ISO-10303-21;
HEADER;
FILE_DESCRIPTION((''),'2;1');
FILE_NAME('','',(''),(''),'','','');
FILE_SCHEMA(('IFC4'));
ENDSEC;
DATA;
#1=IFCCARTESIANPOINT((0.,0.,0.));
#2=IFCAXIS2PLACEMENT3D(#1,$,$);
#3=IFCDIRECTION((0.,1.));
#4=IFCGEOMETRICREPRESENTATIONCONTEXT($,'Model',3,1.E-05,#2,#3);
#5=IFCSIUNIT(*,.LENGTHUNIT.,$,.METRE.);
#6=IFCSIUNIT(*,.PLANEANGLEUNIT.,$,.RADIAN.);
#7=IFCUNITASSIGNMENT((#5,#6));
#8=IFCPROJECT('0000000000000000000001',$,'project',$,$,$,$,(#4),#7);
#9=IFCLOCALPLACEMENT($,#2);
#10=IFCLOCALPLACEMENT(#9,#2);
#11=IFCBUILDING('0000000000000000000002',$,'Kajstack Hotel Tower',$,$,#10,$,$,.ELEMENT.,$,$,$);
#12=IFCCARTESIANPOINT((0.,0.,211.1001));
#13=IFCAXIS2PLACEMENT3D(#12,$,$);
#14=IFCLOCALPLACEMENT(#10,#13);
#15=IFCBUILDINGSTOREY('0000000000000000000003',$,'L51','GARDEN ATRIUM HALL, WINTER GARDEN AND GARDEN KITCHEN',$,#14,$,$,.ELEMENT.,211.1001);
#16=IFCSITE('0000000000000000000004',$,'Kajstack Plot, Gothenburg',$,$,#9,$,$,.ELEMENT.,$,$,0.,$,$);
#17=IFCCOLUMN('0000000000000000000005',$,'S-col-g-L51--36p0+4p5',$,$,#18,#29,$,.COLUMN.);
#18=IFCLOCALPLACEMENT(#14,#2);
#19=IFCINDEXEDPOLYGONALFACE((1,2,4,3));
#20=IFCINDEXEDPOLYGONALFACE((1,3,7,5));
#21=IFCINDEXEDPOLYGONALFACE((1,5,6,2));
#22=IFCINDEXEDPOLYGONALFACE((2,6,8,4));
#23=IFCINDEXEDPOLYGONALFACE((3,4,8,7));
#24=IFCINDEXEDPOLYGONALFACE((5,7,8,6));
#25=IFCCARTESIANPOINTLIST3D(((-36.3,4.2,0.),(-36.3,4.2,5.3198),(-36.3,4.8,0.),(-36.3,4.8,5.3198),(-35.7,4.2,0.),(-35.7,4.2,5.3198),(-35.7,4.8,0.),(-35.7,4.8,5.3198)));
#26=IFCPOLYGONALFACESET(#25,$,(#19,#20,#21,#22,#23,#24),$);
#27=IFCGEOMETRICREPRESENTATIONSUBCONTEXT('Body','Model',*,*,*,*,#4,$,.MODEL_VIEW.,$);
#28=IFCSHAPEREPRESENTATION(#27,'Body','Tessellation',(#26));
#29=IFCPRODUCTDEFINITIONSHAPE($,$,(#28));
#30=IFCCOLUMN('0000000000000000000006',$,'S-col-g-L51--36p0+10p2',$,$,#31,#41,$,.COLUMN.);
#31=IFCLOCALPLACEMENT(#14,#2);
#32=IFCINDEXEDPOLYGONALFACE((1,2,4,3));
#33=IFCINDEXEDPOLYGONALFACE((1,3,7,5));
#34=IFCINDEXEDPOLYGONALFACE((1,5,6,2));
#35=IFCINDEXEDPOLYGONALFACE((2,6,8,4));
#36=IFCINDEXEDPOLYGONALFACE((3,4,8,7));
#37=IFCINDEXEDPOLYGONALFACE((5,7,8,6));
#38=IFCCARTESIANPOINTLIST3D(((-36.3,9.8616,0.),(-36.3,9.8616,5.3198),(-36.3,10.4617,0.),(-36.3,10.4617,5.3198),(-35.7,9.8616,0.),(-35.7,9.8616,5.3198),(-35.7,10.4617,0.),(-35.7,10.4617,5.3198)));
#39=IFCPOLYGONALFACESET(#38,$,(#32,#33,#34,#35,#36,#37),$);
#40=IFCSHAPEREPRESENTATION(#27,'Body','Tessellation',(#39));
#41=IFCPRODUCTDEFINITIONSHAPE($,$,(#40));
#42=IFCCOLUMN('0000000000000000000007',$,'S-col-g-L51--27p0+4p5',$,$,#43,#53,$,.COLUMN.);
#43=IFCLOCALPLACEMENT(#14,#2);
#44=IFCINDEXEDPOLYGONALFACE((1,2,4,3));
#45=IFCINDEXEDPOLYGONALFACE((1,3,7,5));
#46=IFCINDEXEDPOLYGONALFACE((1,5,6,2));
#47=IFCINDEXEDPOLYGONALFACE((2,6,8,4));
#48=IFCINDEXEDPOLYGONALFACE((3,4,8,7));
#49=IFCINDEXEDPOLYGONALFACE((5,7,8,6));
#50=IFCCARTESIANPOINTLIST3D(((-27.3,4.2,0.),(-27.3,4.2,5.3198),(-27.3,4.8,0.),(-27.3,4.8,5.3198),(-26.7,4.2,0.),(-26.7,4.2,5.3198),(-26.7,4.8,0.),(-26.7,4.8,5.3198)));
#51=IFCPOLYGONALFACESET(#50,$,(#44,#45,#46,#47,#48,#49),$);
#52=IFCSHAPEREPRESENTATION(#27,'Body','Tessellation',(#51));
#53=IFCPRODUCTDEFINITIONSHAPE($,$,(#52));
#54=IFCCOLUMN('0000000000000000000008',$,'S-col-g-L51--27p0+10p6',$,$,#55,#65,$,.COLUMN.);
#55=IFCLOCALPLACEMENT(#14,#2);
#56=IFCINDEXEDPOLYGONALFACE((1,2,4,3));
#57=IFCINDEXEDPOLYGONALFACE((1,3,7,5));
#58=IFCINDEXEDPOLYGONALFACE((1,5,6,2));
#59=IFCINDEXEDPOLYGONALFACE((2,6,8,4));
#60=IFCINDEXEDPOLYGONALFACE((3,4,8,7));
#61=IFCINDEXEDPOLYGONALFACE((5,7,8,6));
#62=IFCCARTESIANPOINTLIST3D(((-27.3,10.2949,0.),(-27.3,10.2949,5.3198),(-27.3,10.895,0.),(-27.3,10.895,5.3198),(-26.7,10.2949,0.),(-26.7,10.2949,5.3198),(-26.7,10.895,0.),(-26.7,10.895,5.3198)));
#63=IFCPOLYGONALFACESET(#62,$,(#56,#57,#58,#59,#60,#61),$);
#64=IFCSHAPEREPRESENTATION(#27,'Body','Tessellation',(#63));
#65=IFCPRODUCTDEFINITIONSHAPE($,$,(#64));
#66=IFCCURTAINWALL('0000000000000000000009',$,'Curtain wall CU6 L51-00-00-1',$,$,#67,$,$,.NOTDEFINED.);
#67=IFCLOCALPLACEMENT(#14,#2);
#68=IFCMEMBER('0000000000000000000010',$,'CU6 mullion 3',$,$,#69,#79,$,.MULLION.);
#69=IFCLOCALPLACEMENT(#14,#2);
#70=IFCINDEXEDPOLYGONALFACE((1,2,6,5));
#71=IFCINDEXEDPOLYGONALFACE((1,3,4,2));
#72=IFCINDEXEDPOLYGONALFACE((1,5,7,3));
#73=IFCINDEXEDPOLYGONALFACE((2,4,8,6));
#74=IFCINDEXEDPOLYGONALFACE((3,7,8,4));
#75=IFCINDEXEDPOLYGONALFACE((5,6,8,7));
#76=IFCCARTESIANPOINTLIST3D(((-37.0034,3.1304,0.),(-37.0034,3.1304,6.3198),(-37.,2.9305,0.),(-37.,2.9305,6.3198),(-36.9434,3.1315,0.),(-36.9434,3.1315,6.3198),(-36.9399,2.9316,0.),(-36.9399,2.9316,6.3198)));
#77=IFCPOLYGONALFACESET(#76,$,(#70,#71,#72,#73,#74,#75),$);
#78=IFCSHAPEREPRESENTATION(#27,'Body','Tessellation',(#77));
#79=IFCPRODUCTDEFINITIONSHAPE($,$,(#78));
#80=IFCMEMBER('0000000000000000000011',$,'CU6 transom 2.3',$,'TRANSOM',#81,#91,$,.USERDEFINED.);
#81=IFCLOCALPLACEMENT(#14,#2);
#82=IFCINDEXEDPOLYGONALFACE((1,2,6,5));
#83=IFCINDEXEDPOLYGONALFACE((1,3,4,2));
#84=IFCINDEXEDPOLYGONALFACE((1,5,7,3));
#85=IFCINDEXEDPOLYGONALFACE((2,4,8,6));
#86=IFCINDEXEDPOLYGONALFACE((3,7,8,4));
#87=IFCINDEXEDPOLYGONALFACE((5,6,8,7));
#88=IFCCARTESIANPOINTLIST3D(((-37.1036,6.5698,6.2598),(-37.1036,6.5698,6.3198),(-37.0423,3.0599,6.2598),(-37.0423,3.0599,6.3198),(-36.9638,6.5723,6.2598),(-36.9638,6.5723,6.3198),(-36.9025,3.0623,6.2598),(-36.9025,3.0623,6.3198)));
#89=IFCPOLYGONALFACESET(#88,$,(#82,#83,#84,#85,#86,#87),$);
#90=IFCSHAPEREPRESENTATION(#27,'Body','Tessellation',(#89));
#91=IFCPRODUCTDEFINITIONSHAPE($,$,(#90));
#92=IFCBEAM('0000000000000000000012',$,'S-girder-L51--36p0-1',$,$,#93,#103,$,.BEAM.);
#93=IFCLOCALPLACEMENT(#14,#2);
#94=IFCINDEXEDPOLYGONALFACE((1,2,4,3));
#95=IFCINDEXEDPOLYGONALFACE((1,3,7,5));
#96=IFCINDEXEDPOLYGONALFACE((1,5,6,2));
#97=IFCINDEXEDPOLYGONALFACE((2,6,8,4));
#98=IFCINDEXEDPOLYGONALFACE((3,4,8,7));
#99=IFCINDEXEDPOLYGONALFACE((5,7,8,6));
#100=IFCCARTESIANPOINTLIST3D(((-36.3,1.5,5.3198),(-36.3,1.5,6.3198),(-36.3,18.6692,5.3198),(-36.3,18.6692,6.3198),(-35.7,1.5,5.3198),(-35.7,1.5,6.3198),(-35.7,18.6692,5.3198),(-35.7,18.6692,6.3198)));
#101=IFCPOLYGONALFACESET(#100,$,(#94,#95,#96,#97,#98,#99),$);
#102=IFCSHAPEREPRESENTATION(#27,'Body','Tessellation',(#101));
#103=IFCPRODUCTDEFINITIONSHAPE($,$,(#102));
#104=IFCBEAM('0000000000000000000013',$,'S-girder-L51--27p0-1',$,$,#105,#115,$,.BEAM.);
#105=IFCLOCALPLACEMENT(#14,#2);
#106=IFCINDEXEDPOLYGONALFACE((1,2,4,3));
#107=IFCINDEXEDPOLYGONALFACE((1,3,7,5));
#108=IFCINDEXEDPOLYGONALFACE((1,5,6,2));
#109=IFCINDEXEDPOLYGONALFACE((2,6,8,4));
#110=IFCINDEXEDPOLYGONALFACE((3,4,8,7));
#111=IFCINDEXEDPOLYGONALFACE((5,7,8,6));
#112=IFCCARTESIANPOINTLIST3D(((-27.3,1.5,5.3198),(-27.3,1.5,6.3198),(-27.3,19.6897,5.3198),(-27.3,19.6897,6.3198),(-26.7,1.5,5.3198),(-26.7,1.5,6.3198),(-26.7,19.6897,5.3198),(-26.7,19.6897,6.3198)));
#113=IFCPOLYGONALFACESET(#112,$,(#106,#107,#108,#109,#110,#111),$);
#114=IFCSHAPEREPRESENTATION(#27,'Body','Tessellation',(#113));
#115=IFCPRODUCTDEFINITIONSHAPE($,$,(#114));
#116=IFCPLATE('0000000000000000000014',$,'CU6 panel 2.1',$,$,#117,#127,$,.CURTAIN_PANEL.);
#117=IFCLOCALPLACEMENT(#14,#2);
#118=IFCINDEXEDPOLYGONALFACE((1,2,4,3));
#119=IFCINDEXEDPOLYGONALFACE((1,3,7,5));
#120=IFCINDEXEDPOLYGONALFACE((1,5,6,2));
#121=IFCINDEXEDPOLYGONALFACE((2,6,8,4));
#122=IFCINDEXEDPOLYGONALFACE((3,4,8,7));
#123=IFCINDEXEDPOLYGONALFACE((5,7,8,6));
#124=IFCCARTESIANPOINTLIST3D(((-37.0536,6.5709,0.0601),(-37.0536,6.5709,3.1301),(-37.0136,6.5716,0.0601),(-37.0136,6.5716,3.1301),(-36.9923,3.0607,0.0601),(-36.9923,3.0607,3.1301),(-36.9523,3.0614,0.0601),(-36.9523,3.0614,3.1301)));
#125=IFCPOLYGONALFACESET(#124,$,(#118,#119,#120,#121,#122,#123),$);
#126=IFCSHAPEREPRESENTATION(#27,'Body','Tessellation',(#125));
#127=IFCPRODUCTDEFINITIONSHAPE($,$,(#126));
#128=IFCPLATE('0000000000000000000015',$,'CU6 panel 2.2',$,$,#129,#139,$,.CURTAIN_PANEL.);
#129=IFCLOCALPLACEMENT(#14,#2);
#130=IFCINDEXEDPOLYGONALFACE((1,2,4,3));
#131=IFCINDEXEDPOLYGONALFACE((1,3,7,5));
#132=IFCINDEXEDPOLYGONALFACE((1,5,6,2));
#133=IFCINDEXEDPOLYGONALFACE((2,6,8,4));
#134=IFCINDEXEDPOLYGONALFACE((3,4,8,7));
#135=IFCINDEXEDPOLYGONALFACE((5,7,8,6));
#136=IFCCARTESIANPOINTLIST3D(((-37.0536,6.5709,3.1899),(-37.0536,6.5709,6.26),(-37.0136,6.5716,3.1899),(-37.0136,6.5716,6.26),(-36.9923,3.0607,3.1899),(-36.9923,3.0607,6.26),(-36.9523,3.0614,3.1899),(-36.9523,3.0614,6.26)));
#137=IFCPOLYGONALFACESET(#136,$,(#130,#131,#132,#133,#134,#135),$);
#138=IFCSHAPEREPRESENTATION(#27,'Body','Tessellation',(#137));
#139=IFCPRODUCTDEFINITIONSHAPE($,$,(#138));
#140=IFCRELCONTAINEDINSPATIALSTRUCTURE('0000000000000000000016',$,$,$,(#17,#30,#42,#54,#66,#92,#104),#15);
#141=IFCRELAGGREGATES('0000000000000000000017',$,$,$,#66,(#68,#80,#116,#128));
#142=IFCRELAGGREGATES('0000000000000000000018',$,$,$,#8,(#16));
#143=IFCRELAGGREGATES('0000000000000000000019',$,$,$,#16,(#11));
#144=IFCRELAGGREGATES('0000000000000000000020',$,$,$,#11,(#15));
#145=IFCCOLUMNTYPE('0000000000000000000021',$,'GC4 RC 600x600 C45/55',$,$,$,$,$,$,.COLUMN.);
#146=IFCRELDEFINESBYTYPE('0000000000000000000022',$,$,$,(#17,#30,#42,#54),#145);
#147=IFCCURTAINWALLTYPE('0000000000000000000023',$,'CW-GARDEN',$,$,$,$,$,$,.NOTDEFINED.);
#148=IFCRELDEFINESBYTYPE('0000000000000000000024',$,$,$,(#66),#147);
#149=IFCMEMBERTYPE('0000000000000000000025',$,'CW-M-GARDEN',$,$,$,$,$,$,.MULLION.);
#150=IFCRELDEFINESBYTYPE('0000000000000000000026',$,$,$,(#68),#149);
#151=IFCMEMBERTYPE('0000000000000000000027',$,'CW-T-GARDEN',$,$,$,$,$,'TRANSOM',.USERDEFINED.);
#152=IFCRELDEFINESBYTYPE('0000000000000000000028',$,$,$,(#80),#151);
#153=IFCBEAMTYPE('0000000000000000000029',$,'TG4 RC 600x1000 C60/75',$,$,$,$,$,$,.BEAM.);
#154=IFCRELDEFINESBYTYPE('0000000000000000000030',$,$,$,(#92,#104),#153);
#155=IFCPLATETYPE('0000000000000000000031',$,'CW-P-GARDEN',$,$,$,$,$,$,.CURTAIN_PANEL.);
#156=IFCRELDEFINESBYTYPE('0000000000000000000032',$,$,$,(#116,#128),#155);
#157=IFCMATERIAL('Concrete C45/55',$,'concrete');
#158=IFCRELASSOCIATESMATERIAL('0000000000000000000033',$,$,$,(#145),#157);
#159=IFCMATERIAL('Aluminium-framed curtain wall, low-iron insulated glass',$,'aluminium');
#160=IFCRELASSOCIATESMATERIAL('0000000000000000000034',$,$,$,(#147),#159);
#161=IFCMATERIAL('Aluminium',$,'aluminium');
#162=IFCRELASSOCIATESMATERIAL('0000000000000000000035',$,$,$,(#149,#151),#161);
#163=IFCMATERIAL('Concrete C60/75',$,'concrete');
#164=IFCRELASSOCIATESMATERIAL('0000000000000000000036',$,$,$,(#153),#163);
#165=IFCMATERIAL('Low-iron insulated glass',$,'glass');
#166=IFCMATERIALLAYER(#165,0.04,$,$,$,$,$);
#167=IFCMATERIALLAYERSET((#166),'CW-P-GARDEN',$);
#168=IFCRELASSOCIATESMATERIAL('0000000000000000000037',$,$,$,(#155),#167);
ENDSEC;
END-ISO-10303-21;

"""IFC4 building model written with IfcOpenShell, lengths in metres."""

from ifc_helpers import new_model, si_unit, direction, frame, origin, origin_2d, place, context, subcontext, project, spatial, rectangle, extrude, material, layer, layer_set, material_profile, profile_set, type_object, element, aggregate, save


model = new_model("IFC4")

# Units and contexts
model_context = context("Model", 3, precision=1e-05, world=origin(), true_north=direction((0.0, 1.0)))
body_context = subcontext(model_context, "Body", "Model", "MODEL_VIEW")
ifc_project = project(units=[si_unit("LENGTHUNIT", "METRE"), si_unit("PLANEANGLEUNIT", "RADIAN")], contexts=[model_context])

# Site, building, storey
site_placement = place(None, origin())
site = spatial("IfcSite", under=ifc_project, at=site_placement, Name="Kajstack Plot, Gothenburg", CompositionType="ELEMENT", RefElevation=0.0)
building_placement = place(site_placement, origin())
building = spatial("IfcBuilding", under=site, at=building_placement, Name="Kajstack Hotel Tower", CompositionType="ELEMENT")
storey_placement = place(building_placement, frame((0.0, 0.0, 211.1001)))
storey = spatial("IfcBuildingStorey", under=building, at=storey_placement, Name="L51", Description="GARDEN ATRIUM HALL, WINTER GARDEN AND GARDEN KITCHEN", CompositionType="ELEMENT", Elevation=211.1001)

# Columns
ifc_material_1 = material(Name="Concrete C45/55", Category="concrete")
ifc_material_profile_1 = material_profile(ifc_material_1, rectangle(XDim=0.6001, YDim=0.6001, at=origin_2d()), Name="RC 600x600")
ifc_profile_set_1 = profile_set([ifc_material_profile_1], Name="Concrete C45/55")
column_type = type_object("IfcColumnType", Name="GC4 RC 600x600 C45/55", PredefinedType="COLUMN", material=ifc_profile_set_1)
for number, where, z_axis, x_axis, name in (
    (1, (-36.0, 4.5, 0.0), (0.0, 0.0, 1.0), (1.0, 0.0, 0.0), "S-col-g-L51--36p0+4p5"),
    (2, (-36.0, 10.1616, 0.0), (0.0, 0.0, 1.0), (1.0, 0.0, 0.0), "S-col-g-L51--36p0+10p2"),
    (3, (-27.0, 4.5, 0.0), (0.0, 0.0, 1.0), (1.0, 0.0, 0.0), "S-col-g-L51--27p0+4p5"),
    (4, (-27.0, 10.595, 0.0), (0.0, 0.0, 1.0), (1.0, 0.0, 0.0), "S-col-g-L51--27p0+10p6"),
):
    element("IfcColumn", number, at=place(storey_placement, frame(where, z_axis=z_axis, x_axis=x_axis)), inside=storey, type_object=column_type, Name=name, PredefinedType="COLUMN", context=body_context, shape_type="SweptSolid", body=[
        extrude(rectangle(XDim=0.6001, YDim=0.6001, at=origin_2d()), origin(), (0.0, 0.0, 1.0), 5.3198),
    ])

# Curtain wall, members
ifc_material_2 = material(Name="Aluminium-framed curtain wall, low-iron insulated glass", Category="aluminium")
curtain_wall_type = type_object("IfcCurtainWallType", Name="CW-GARDEN", PredefinedType="NOTDEFINED", material=ifc_material_2)
curtain_wall_placement = place(storey_placement, origin())
curtain_wall = element("IfcCurtainWall", 5, at=curtain_wall_placement, inside=storey, type_object=curtain_wall_type, Name="Curtain wall CU6 L51-00-00-1", PredefinedType="NOTDEFINED")
ifc_material_3 = material(Name="Aluminium", Category="aluminium")
ifc_material_profile_2 = material_profile(ifc_material_3, rectangle(XDim=0.0601, YDim=0.2, at=origin_2d()), Name="Aluminium mullion 60 x 200")
ifc_profile_set_2 = profile_set([ifc_material_profile_2], Name="Aluminium")
member_type_1 = type_object("IfcMemberType", Name="CW-M-GARDEN", PredefinedType="MULLION", material=ifc_profile_set_2)
member_1_placement = place(storey_placement, frame((-36.9717, 3.031, 0.0), z_axis=(0.0, 0.0, 1.0), x_axis=(0.999848, 0.017455, 0.0)))
member_1 = element("IfcMember", 6, at=member_1_placement, type_object=member_type_1, Name="CU6 mullion 3", PredefinedType="MULLION", context=body_context, shape_type="SweptSolid", body=[
    extrude(rectangle(XDim=0.0601, YDim=0.2, at=origin_2d()), origin(), (0.0, 0.0, 1.0), 6.3198),
])
ifc_material_profile_3 = material_profile(ifc_material_3, rectangle(XDim=0.1399, YDim=0.0601, at=origin_2d()), Name="Aluminium transom 140 x 60")
ifc_profile_set_3 = profile_set([ifc_material_profile_3], Name="Aluminium")
member_type_2 = type_object("IfcMemberType", Name="CW-T-GARDEN", ElementType="TRANSOM", PredefinedType="USERDEFINED", material=ifc_profile_set_3)
member_2_placement = place(storey_placement, frame((-37.0337, 6.571, 6.2898), z_axis=(0.017456, -0.999848, 0.0), x_axis=(0.999848, 0.017456, 0.0)))
member_2 = element("IfcMember", 7, at=member_2_placement, type_object=member_type_2, Name="CU6 transom 2.3", ObjectType="TRANSOM", PredefinedType="USERDEFINED", context=body_context, shape_type="SweptSolid", body=[
    extrude(rectangle(XDim=0.1399, YDim=0.0601, at=origin_2d()), origin(), (0.0, 0.0, 1.0), 3.5105),
])

# Beams
ifc_material_4 = material(Name="Concrete C60/75", Category="concrete")
ifc_material_profile_4 = material_profile(ifc_material_4, rectangle(XDim=0.6001, YDim=1.0, at=origin_2d()), Name="RC 600x1000")
ifc_profile_set_4 = profile_set([ifc_material_profile_4], Name="Concrete C60/75")
beam_type = type_object("IfcBeamType", Name="TG4 RC 600x1000 C60/75", PredefinedType="BEAM", material=ifc_profile_set_4)
beam_1_placement = place(storey_placement, frame((-36.0, 1.5, 5.8198), z_axis=(0.0, 1.0, 0.0), x_axis=(-1.0, 0.0, 0.0)))
element("IfcBeam", 8, at=beam_1_placement, inside=storey, type_object=beam_type, Name="S-girder-L51--36p0-1", PredefinedType="BEAM", context=body_context, shape_type="SweptSolid", body=[
    extrude(rectangle(XDim=0.6001, YDim=1.0, at=origin_2d()), origin(), (0.0, 0.0, 1.0), 17.1692),
])
beam_2_placement = place(storey_placement, frame((-27.0, 1.5, 5.8198), z_axis=(0.0, 1.0, 0.0), x_axis=(-1.0, 0.0, 0.0)))
element("IfcBeam", 9, at=beam_2_placement, inside=storey, type_object=beam_type, Name="S-girder-L51--27p0-1", PredefinedType="BEAM", context=body_context, shape_type="SweptSolid", body=[
    extrude(rectangle(XDim=0.6001, YDim=1.0, at=origin_2d()), origin(), (0.0, 0.0, 1.0), 18.1897),
])

# Plates
ifc_material_5 = material(Name="Low-iron insulated glass", Category="glass")
ifc_layer_1 = layer(ifc_material_5, 0.04)
ifc_layer_set_1 = layer_set([ifc_layer_1], Name="CW-P-GARDEN")
plate_type = type_object("IfcPlateType", Name="CW-P-GARDEN", PredefinedType="CURTAIN_PANEL", material=ifc_layer_set_1)
plate_1_placement = place(storey_placement, frame((-37.0029, 4.8162, 0.0601), z_axis=(0.0, 0.0, 1.0), x_axis=(0.017455, -0.999848, 0.0)))
plate_1 = element("IfcPlate", 10, at=plate_1_placement, type_object=plate_type, Name="CU6 panel 2.1", PredefinedType="CURTAIN_PANEL", context=body_context, shape_type="SweptSolid", body=[
    extrude(rectangle(XDim=3.5107, YDim=0.04, at=origin_2d()), origin(), (0.0, 0.0, 1.0), 3.0701),
])
plate_2_placement = place(storey_placement, frame((-37.0029, 4.8162, 3.1899), z_axis=(0.0, 0.0, 1.0), x_axis=(0.017455, -0.999848, 0.0)))
plate_2 = element("IfcPlate", 11, at=plate_2_placement, type_object=plate_type, Name="CU6 panel 2.2", PredefinedType="CURTAIN_PANEL", context=body_context, shape_type="SweptSolid", body=[
    extrude(rectangle(XDim=3.5107, YDim=0.04, at=origin_2d()), origin(), (0.0, 0.0, 1.0), 3.0701),
])
aggregate(curtain_wall, [member_1, member_2, plate_1, plate_2])

save(model, "model.ifc")
